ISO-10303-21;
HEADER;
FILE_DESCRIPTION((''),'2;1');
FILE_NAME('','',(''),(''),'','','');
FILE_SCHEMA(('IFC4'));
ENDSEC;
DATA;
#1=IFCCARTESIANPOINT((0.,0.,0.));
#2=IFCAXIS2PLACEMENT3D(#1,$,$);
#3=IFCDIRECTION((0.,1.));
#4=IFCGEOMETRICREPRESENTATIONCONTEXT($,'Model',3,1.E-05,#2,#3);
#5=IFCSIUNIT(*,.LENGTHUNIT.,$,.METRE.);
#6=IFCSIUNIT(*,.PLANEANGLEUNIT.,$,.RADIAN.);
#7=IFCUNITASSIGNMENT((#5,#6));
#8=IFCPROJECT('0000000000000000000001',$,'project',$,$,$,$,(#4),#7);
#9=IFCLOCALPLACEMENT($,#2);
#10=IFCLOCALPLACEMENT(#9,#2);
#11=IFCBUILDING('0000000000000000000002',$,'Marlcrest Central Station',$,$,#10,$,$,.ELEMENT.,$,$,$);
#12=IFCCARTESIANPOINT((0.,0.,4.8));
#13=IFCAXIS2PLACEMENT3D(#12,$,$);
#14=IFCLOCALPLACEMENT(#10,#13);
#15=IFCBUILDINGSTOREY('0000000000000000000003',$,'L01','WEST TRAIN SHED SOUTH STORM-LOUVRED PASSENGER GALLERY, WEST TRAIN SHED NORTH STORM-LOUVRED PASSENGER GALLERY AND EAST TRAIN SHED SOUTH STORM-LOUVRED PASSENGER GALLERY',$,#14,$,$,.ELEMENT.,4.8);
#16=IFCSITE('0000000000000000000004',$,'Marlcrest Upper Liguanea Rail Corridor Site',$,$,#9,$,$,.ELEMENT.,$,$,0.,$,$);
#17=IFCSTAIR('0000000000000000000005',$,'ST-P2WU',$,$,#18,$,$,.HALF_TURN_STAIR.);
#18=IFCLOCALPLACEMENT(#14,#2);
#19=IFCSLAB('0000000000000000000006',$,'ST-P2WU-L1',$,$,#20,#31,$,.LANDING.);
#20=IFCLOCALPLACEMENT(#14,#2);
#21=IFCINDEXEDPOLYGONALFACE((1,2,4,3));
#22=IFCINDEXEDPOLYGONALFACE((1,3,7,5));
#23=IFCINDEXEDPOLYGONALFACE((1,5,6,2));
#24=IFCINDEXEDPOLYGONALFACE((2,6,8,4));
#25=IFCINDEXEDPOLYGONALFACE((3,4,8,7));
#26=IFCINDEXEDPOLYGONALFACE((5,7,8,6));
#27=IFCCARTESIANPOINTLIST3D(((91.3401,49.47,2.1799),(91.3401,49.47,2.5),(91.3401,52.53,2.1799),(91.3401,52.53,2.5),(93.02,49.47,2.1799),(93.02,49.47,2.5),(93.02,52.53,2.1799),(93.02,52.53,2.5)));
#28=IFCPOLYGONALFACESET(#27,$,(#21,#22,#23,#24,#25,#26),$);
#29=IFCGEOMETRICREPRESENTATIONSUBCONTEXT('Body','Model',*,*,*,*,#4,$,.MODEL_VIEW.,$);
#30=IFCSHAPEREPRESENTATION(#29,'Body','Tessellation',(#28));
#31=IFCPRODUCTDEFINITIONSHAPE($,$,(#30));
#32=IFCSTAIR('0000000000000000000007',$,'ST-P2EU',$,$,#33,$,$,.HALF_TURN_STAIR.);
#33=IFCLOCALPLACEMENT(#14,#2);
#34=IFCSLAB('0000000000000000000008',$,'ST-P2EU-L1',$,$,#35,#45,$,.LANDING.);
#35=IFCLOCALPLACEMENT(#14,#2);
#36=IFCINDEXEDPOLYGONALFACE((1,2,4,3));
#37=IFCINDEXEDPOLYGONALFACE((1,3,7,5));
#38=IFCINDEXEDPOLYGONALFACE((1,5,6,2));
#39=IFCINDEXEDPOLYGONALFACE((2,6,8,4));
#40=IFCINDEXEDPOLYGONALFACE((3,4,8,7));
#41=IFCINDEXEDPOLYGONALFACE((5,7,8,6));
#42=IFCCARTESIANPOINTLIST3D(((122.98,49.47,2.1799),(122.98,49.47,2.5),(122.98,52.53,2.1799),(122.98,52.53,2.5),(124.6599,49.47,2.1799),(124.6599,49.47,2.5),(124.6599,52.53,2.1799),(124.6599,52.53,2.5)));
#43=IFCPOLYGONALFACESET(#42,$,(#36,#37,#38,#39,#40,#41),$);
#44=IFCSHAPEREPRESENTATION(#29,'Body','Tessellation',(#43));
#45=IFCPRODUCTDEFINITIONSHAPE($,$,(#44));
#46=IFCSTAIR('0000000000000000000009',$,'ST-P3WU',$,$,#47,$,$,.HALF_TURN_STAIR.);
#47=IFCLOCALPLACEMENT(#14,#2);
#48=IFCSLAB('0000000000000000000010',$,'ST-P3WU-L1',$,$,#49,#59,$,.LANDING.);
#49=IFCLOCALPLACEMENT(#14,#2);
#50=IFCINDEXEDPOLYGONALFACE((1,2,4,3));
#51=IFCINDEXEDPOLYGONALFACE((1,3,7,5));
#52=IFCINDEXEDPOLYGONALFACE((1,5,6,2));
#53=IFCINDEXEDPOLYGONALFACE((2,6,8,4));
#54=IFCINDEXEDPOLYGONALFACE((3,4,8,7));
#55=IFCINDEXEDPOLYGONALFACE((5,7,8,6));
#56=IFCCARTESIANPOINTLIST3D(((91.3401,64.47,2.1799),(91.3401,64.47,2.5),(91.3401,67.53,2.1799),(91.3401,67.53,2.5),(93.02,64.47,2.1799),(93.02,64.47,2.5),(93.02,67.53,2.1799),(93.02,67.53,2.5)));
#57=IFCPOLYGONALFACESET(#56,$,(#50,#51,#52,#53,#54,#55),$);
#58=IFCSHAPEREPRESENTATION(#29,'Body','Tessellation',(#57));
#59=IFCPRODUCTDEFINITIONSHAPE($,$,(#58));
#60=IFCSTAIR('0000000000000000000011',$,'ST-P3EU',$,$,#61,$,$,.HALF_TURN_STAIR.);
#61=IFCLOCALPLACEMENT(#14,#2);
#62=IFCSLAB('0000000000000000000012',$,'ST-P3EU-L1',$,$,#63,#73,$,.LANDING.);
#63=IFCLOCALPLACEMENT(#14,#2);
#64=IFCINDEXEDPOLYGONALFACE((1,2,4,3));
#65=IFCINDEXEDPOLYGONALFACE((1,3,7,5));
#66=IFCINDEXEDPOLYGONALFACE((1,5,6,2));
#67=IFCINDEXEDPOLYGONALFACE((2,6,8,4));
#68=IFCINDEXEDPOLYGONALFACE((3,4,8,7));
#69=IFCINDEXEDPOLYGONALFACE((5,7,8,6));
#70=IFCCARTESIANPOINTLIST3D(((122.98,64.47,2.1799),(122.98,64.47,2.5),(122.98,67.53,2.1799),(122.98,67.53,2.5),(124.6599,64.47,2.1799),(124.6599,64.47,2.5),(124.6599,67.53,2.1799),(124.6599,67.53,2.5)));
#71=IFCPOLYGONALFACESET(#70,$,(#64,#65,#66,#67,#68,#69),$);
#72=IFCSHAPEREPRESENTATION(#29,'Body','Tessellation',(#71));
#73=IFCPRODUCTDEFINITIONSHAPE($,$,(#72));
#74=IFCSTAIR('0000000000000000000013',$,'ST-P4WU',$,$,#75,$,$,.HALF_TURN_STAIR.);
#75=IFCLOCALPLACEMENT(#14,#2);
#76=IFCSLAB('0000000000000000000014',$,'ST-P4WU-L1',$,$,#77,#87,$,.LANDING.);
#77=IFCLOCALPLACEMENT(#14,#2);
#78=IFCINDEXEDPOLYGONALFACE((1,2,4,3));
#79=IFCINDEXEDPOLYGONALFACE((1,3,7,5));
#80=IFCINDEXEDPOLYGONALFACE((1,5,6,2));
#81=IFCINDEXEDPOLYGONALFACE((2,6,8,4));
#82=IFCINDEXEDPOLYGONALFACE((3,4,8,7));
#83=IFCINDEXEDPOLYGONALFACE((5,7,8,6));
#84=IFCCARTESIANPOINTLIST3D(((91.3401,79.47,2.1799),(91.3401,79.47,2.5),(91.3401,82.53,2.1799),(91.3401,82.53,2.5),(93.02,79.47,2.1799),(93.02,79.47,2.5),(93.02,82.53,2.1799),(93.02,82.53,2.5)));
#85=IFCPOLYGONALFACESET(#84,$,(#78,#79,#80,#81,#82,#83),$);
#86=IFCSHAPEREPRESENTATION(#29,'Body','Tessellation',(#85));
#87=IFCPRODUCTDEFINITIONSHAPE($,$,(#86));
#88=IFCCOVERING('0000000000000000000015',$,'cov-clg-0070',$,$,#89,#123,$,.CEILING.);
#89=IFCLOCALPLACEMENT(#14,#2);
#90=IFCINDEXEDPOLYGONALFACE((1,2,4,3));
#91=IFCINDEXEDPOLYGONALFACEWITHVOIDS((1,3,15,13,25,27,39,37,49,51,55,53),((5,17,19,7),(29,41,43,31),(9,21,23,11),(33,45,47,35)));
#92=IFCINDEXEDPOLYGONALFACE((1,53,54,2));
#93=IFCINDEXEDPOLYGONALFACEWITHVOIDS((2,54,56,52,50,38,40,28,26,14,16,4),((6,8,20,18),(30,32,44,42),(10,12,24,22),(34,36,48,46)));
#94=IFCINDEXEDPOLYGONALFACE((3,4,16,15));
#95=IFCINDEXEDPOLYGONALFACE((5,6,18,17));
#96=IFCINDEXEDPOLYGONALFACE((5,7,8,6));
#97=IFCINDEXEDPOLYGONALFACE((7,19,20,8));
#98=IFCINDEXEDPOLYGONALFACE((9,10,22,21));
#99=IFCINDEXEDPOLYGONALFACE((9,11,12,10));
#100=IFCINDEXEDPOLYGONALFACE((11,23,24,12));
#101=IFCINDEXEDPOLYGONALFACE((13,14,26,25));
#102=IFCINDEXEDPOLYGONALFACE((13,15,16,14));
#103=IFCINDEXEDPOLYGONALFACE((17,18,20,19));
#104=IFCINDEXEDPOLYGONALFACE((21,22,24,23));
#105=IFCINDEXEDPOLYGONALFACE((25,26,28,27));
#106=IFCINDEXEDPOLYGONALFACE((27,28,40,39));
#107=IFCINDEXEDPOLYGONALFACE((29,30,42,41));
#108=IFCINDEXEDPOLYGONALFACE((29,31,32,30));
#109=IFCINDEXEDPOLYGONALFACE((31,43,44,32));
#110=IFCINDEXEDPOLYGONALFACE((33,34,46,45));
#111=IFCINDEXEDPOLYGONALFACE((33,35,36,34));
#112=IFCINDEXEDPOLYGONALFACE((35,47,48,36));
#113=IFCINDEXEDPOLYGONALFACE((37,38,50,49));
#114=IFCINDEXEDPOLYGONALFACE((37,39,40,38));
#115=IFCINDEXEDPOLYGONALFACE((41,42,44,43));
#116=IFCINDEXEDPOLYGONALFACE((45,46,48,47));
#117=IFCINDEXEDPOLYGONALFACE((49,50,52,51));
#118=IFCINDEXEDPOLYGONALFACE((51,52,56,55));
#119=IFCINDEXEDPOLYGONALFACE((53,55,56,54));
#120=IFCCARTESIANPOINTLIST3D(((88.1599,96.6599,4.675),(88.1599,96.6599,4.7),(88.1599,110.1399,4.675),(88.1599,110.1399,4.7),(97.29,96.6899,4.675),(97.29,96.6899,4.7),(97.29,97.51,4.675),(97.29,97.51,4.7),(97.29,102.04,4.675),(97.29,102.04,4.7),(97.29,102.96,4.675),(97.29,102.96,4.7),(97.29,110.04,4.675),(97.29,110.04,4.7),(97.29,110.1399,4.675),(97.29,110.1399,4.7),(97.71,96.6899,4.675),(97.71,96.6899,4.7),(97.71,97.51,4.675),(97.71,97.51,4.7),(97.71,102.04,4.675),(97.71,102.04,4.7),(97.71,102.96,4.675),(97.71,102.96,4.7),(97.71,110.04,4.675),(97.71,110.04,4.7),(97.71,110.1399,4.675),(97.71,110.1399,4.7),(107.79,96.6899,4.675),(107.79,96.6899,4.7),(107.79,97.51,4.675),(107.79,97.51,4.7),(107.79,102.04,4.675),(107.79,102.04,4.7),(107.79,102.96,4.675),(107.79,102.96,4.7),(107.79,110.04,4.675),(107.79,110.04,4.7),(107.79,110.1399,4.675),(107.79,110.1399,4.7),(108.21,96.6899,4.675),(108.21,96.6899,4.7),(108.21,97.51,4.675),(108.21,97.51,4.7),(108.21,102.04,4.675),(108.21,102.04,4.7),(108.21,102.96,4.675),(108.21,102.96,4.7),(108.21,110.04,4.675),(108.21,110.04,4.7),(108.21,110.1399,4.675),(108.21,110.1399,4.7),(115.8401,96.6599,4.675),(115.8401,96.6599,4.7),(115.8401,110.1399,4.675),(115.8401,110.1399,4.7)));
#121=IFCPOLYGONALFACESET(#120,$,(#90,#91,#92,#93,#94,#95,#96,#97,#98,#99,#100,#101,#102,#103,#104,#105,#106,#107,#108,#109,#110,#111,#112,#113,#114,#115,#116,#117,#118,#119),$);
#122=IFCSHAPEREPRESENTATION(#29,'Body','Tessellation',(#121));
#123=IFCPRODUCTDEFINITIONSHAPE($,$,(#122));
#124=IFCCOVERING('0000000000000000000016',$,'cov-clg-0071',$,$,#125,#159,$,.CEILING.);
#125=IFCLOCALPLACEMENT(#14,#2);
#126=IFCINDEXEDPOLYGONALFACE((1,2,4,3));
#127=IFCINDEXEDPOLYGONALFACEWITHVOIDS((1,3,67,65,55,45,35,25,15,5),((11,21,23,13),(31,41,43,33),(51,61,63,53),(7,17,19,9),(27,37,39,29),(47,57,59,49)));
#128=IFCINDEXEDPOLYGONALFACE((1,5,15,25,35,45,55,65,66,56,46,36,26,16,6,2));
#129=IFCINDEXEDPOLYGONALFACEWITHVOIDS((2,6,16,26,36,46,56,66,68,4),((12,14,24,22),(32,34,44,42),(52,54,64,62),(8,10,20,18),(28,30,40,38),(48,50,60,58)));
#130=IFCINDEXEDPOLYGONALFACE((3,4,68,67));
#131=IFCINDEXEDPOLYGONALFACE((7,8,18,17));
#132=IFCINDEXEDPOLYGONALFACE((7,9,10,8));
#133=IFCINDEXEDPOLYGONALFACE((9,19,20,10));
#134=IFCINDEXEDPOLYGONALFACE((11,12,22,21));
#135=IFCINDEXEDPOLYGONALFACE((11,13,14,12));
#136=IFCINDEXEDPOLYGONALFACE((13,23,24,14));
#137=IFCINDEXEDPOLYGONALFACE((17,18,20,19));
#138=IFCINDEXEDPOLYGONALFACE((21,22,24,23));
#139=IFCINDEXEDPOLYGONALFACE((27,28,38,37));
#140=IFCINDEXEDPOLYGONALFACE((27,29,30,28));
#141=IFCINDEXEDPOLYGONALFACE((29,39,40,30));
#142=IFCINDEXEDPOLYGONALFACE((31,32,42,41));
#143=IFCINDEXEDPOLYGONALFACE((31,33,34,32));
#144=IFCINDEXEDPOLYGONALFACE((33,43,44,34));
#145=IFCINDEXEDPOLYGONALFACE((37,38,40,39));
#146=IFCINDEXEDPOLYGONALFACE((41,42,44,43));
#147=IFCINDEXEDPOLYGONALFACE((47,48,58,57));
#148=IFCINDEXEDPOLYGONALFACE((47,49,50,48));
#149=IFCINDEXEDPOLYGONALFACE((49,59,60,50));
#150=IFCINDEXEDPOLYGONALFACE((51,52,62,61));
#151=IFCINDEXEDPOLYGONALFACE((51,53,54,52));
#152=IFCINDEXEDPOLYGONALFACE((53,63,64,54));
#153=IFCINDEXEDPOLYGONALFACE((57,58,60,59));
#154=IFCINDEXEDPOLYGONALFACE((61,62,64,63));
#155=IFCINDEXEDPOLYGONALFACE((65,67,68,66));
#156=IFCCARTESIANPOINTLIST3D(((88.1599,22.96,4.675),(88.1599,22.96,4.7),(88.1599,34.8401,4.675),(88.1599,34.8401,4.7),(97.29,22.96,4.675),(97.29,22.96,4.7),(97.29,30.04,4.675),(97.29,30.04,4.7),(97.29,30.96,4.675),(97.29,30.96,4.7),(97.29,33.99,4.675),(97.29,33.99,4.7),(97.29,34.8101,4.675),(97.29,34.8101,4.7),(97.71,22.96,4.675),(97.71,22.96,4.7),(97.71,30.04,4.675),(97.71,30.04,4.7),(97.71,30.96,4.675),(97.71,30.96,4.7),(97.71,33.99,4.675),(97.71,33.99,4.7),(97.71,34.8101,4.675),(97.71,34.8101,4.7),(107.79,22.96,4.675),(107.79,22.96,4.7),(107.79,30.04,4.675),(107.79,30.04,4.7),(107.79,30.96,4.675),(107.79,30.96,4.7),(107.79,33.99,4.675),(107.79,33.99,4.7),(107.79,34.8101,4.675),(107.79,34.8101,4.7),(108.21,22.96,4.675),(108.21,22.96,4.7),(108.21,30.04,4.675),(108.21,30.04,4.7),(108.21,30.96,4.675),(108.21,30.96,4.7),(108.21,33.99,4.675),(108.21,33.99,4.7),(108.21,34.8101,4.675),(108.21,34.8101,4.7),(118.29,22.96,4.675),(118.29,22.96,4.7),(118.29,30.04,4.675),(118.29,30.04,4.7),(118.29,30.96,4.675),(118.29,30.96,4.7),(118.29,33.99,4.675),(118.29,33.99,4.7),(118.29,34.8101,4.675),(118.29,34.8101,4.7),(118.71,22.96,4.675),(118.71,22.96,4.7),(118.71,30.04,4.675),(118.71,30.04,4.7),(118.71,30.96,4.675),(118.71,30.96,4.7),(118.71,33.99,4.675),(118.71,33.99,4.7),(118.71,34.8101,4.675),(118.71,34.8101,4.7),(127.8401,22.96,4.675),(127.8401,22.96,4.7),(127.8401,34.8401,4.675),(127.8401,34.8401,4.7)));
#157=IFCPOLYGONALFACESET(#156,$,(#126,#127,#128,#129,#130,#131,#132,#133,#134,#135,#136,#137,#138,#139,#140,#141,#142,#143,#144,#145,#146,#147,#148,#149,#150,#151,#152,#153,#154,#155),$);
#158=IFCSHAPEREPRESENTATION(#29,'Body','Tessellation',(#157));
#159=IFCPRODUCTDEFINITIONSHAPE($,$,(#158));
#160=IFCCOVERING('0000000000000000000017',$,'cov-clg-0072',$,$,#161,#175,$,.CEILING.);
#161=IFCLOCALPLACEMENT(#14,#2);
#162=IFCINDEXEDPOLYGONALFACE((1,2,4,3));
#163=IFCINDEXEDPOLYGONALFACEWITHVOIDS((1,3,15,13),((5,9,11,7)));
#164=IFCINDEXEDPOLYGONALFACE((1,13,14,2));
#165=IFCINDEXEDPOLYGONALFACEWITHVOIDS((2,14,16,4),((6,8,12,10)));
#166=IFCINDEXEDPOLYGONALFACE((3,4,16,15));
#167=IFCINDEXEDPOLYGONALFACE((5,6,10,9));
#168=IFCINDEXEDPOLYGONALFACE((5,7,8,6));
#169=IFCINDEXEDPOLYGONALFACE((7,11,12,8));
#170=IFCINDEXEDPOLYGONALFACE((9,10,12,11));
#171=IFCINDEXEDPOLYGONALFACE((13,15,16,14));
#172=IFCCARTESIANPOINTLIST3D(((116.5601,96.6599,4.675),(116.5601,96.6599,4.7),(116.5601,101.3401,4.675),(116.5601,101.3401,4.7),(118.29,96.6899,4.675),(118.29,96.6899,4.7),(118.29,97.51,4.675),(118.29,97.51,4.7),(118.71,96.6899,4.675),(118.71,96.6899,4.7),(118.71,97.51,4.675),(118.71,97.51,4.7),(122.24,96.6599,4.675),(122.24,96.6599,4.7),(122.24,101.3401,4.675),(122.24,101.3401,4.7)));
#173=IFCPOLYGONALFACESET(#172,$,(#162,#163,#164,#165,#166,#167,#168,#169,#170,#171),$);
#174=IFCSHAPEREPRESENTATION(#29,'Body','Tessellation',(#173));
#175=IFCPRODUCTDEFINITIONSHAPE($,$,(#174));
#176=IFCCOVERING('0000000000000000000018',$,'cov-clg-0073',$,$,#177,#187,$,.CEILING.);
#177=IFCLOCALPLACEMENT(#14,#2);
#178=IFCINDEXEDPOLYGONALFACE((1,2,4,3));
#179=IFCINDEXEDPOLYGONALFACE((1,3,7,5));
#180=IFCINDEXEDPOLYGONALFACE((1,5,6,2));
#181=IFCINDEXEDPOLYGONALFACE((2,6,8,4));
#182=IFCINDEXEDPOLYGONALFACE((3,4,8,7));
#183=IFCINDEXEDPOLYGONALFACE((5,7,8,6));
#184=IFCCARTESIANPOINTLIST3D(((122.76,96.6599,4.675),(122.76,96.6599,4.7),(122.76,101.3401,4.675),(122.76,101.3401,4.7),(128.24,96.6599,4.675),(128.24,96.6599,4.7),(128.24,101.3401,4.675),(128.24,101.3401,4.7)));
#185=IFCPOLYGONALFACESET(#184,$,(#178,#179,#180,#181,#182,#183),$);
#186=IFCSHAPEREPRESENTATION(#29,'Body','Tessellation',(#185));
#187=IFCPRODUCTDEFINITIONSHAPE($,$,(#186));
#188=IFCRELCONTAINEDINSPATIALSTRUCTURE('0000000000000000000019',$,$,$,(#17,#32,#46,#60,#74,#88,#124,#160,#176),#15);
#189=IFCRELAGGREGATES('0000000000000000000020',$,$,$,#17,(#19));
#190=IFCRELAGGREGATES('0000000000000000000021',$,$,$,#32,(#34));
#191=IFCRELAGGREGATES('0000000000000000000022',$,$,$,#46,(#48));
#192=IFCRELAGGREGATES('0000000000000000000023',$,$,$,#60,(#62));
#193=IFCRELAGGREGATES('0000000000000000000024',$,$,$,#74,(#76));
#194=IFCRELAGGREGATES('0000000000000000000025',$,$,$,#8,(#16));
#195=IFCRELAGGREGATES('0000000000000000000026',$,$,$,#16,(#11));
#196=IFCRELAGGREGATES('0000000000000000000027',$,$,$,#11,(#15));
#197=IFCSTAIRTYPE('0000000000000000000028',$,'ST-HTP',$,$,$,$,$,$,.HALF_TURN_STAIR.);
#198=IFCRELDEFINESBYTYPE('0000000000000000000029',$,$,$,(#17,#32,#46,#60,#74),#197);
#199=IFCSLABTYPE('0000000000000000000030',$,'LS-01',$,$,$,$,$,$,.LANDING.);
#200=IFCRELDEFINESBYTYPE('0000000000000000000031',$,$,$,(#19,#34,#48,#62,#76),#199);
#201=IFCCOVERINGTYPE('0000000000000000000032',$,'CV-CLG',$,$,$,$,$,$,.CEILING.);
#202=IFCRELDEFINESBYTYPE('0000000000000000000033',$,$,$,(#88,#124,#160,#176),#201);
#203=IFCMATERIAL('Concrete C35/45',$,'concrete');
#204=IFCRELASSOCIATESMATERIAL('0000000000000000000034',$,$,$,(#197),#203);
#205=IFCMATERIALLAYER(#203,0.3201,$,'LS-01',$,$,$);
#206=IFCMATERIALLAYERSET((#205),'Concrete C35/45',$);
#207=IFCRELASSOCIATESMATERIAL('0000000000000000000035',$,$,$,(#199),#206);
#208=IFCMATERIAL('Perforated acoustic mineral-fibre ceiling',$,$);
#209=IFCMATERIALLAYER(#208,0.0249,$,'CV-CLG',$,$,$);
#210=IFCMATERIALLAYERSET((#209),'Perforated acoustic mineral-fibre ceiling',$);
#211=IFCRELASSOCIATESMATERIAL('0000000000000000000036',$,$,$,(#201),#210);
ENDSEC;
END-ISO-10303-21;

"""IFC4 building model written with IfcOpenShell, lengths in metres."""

from ifc_helpers import new_model, si_unit, direction, frame, origin, place, context, subcontext, project, spatial, polyline, outline, extrude, material, layer, layer_set, type_object, element, aggregate, save


model = new_model("IFC4")

# Units and contexts
model_context = context("Model", 3, precision=1e-05, world=origin(), true_north=direction((0.0, 1.0)))
body_context = subcontext(model_context, "Body", "Model", "MODEL_VIEW")
ifc_project = project(units=[si_unit("LENGTHUNIT", "METRE"), si_unit("PLANEANGLEUNIT", "RADIAN")], contexts=[model_context])

# Site, building, storey
site_placement = place(None, origin())
site = spatial("IfcSite", under=ifc_project, at=site_placement, Name="Marlcrest Upper Liguanea Rail Corridor Site", CompositionType="ELEMENT", RefElevation=0.0)
building_placement = place(site_placement, origin())
building = spatial("IfcBuilding", under=site, at=building_placement, Name="Marlcrest Central Station", CompositionType="ELEMENT")
storey_placement = place(building_placement, frame((0.0, 0.0, 4.8)))
storey = spatial("IfcBuildingStorey", under=building, at=storey_placement, Name="L01", Description="WEST TRAIN SHED SOUTH STORM-LOUVRED PASSENGER GALLERY, WEST TRAIN SHED NORTH STORM-LOUVRED PASSENGER GALLERY AND EAST TRAIN SHED SOUTH STORM-LOUVRED PASSENGER GALLERY", CompositionType="ELEMENT", Elevation=4.8)

# Stairs, slabs
ifc_material_1 = material(Name="Concrete C35/45", Category="concrete")
stair_type = type_object("IfcStairType", Name="ST-HTP", PredefinedType="HALF_TURN_STAIR", material=ifc_material_1)
stair_1_placement = place(storey_placement, origin())
stair_1 = element("IfcStair", 1, at=stair_1_placement, inside=storey, type_object=stair_type, Name="ST-P2WU", PredefinedType="HALF_TURN_STAIR")
ifc_layer_1 = layer(ifc_material_1, 0.3201, Name="LS-01")
ifc_layer_set_1 = layer_set([ifc_layer_1], Name="Concrete C35/45")
slab_type = type_object("IfcSlabType", Name="LS-01", PredefinedType="LANDING", material=ifc_layer_set_1)
slab_1_placement = place(storey_placement, frame((0.0, 0.0, 2.1799)))
slab_1 = element("IfcSlab", 2, at=slab_1_placement, type_object=slab_type, Name="ST-P2WU-L1", PredefinedType="LANDING", context=body_context, shape_type="SweptSolid", body=[
    extrude(outline(polyline([(91.3401, 49.47), (93.02, 49.47), (93.02, 52.53), (91.3401, 52.53), (91.3401, 49.47)])), origin(), (0.0, 0.0, 1.0), 0.3201),
])
aggregate(stair_1, [slab_1])
stair_2_placement = place(storey_placement, origin())
stair_2 = element("IfcStair", 3, at=stair_2_placement, inside=storey, type_object=stair_type, Name="ST-P2EU", PredefinedType="HALF_TURN_STAIR")
slab_2_placement = place(storey_placement, frame((0.0, 0.0, 2.1799)))
slab_2 = element("IfcSlab", 4, at=slab_2_placement, type_object=slab_type, Name="ST-P2EU-L1", PredefinedType="LANDING", context=body_context, shape_type="SweptSolid", body=[
    extrude(outline(polyline([(122.98, 49.47), (124.6599, 49.47), (124.6599, 52.53), (122.98, 52.53), (122.98, 49.47)])), origin(), (0.0, 0.0, 1.0), 0.3201),
])
aggregate(stair_2, [slab_2])
stair_3_placement = place(storey_placement, origin())
stair_3 = element("IfcStair", 5, at=stair_3_placement, inside=storey, type_object=stair_type, Name="ST-P3WU", PredefinedType="HALF_TURN_STAIR")
slab_3_placement = place(storey_placement, frame((0.0, 0.0, 2.1799)))
slab_3 = element("IfcSlab", 6, at=slab_3_placement, type_object=slab_type, Name="ST-P3WU-L1", PredefinedType="LANDING", context=body_context, shape_type="SweptSolid", body=[
    extrude(outline(polyline([(91.3401, 64.47), (93.02, 64.47), (93.02, 67.53), (91.3401, 67.53), (91.3401, 64.47)])), origin(), (0.0, 0.0, 1.0), 0.3201),
])
aggregate(stair_3, [slab_3])
stair_4_placement = place(storey_placement, origin())
stair_4 = element("IfcStair", 7, at=stair_4_placement, inside=storey, type_object=stair_type, Name="ST-P3EU", PredefinedType="HALF_TURN_STAIR")
slab_4_placement = place(storey_placement, frame((0.0, 0.0, 2.1799)))
slab_4 = element("IfcSlab", 8, at=slab_4_placement, type_object=slab_type, Name="ST-P3EU-L1", PredefinedType="LANDING", context=body_context, shape_type="SweptSolid", body=[
    extrude(outline(polyline([(122.98, 64.47), (124.6599, 64.47), (124.6599, 67.53), (122.98, 67.53), (122.98, 64.47)])), origin(), (0.0, 0.0, 1.0), 0.3201),
])
aggregate(stair_4, [slab_4])
stair_5_placement = place(storey_placement, origin())
stair_5 = element("IfcStair", 9, at=stair_5_placement, inside=storey, type_object=stair_type, Name="ST-P4WU", PredefinedType="HALF_TURN_STAIR")
slab_5_placement = place(storey_placement, frame((0.0, 0.0, 2.1799)))
slab_5 = element("IfcSlab", 10, at=slab_5_placement, type_object=slab_type, Name="ST-P4WU-L1", PredefinedType="LANDING", context=body_context, shape_type="SweptSolid", body=[
    extrude(outline(polyline([(91.3401, 79.47), (93.02, 79.47), (93.02, 82.53), (91.3401, 82.53), (91.3401, 79.47)])), origin(), (0.0, 0.0, 1.0), 0.3201),
])
aggregate(stair_5, [slab_5])

# Coverings
ifc_material_2 = material(Name="Perforated acoustic mineral-fibre ceiling")
ifc_layer_2 = layer(ifc_material_2, 0.0249, Name="CV-CLG")
ifc_layer_set_2 = layer_set([ifc_layer_2], Name="Perforated acoustic mineral-fibre ceiling")
covering_type = type_object("IfcCoveringType", Name="CV-CLG", PredefinedType="CEILING", material=ifc_layer_set_2)
covering_1_placement = place(storey_placement, frame((0.0, 0.0, 4.675)))
element("IfcCovering", 11, at=covering_1_placement, inside=storey, type_object=covering_type, Name="cov-clg-0070", PredefinedType="CEILING", context=body_context, shape_type="SweptSolid", body=[
    extrude(outline(polyline([(97.71, 110.1399), (107.79, 110.1399), (107.79, 110.04), (108.21, 110.04), (108.21, 110.1399), (115.8401, 110.1399), (115.8401, 96.6599), (88.1599, 96.6599), (88.1599, 110.1399), (97.29, 110.1399), (97.29, 110.04), (97.71, 110.04), (97.71, 110.1399)]), holes=[polyline([(97.29, 102.96), (97.29, 102.04), (97.71, 102.04), (97.71, 102.96), (97.29, 102.96)]), polyline([(108.21, 102.96), (107.79, 102.96), (107.79, 102.04), (108.21, 102.04), (108.21, 102.96)]), polyline([(97.29, 97.51), (97.29, 96.6899), (97.71, 96.6899), (97.71, 97.51), (97.29, 97.51)]), polyline([(108.21, 97.51), (107.79, 97.51), (107.79, 96.6899), (108.21, 96.6899), (108.21, 97.51)])]), origin(), (0.0, 0.0, 1.0), 0.0249),
])
covering_2_placement = place(storey_placement, frame((0.0, 0.0, 4.675)))
element("IfcCovering", 12, at=covering_2_placement, inside=storey, type_object=covering_type, Name="cov-clg-0071", PredefinedType="CEILING", context=body_context, shape_type="SweptSolid", body=[
    extrude(outline(polyline([(97.71, 22.96), (97.29, 22.96), (88.1599, 22.96), (88.1599, 34.8401), (127.8401, 34.8401), (127.8401, 22.96), (118.71, 22.96), (118.29, 22.96), (108.21, 22.96), (107.79, 22.96), (97.71, 22.96)]), holes=[polyline([(97.29, 30.96), (97.29, 30.04), (97.71, 30.04), (97.71, 30.96), (97.29, 30.96)]), polyline([(108.21, 30.96), (107.79, 30.96), (107.79, 30.04), (108.21, 30.04), (108.21, 30.96)]), polyline([(118.71, 30.04), (118.71, 30.96), (118.29, 30.96), (118.29, 30.04), (118.71, 30.04)]), polyline([(97.29, 33.99), (97.71, 33.99), (97.71, 34.8101), (97.29, 34.8101), (97.29, 33.99)]), polyline([(107.79, 34.8101), (107.79, 33.99), (108.21, 33.99), (108.21, 34.8101), (107.79, 34.8101)]), polyline([(118.71, 34.8101), (118.29, 34.8101), (118.29, 33.99), (118.71, 33.99), (118.71, 34.8101)])]), origin(), (0.0, 0.0, 1.0), 0.0249),
])
covering_3_placement = place(storey_placement, frame((0.0, 0.0, 4.675)))
element("IfcCovering", 13, at=covering_3_placement, inside=storey, type_object=covering_type, Name="cov-clg-0072", PredefinedType="CEILING", context=body_context, shape_type="SweptSolid", body=[
    extrude(outline(polyline([(116.5601, 96.6599), (116.5601, 101.3401), (122.24, 101.3401), (122.24, 96.6599), (116.5601, 96.6599)]), holes=[polyline([(118.71, 97.51), (118.29, 97.51), (118.29, 96.6899), (118.71, 96.6899), (118.71, 97.51)])]), origin(), (0.0, 0.0, 1.0), 0.0249),
])
covering_4_placement = place(storey_placement, frame((0.0, 0.0, 4.675)))
element("IfcCovering", 14, at=covering_4_placement, inside=storey, type_object=covering_type, Name="cov-clg-0073", PredefinedType="CEILING", context=body_context, shape_type="SweptSolid", body=[
    extrude(outline(polyline([(128.24, 96.6599), (128.24, 101.3401), (122.76, 101.3401), (122.76, 96.6599), (128.24, 96.6599)])), origin(), (0.0, 0.0, 1.0), 0.0249),
])

save(model, "model.ifc")
